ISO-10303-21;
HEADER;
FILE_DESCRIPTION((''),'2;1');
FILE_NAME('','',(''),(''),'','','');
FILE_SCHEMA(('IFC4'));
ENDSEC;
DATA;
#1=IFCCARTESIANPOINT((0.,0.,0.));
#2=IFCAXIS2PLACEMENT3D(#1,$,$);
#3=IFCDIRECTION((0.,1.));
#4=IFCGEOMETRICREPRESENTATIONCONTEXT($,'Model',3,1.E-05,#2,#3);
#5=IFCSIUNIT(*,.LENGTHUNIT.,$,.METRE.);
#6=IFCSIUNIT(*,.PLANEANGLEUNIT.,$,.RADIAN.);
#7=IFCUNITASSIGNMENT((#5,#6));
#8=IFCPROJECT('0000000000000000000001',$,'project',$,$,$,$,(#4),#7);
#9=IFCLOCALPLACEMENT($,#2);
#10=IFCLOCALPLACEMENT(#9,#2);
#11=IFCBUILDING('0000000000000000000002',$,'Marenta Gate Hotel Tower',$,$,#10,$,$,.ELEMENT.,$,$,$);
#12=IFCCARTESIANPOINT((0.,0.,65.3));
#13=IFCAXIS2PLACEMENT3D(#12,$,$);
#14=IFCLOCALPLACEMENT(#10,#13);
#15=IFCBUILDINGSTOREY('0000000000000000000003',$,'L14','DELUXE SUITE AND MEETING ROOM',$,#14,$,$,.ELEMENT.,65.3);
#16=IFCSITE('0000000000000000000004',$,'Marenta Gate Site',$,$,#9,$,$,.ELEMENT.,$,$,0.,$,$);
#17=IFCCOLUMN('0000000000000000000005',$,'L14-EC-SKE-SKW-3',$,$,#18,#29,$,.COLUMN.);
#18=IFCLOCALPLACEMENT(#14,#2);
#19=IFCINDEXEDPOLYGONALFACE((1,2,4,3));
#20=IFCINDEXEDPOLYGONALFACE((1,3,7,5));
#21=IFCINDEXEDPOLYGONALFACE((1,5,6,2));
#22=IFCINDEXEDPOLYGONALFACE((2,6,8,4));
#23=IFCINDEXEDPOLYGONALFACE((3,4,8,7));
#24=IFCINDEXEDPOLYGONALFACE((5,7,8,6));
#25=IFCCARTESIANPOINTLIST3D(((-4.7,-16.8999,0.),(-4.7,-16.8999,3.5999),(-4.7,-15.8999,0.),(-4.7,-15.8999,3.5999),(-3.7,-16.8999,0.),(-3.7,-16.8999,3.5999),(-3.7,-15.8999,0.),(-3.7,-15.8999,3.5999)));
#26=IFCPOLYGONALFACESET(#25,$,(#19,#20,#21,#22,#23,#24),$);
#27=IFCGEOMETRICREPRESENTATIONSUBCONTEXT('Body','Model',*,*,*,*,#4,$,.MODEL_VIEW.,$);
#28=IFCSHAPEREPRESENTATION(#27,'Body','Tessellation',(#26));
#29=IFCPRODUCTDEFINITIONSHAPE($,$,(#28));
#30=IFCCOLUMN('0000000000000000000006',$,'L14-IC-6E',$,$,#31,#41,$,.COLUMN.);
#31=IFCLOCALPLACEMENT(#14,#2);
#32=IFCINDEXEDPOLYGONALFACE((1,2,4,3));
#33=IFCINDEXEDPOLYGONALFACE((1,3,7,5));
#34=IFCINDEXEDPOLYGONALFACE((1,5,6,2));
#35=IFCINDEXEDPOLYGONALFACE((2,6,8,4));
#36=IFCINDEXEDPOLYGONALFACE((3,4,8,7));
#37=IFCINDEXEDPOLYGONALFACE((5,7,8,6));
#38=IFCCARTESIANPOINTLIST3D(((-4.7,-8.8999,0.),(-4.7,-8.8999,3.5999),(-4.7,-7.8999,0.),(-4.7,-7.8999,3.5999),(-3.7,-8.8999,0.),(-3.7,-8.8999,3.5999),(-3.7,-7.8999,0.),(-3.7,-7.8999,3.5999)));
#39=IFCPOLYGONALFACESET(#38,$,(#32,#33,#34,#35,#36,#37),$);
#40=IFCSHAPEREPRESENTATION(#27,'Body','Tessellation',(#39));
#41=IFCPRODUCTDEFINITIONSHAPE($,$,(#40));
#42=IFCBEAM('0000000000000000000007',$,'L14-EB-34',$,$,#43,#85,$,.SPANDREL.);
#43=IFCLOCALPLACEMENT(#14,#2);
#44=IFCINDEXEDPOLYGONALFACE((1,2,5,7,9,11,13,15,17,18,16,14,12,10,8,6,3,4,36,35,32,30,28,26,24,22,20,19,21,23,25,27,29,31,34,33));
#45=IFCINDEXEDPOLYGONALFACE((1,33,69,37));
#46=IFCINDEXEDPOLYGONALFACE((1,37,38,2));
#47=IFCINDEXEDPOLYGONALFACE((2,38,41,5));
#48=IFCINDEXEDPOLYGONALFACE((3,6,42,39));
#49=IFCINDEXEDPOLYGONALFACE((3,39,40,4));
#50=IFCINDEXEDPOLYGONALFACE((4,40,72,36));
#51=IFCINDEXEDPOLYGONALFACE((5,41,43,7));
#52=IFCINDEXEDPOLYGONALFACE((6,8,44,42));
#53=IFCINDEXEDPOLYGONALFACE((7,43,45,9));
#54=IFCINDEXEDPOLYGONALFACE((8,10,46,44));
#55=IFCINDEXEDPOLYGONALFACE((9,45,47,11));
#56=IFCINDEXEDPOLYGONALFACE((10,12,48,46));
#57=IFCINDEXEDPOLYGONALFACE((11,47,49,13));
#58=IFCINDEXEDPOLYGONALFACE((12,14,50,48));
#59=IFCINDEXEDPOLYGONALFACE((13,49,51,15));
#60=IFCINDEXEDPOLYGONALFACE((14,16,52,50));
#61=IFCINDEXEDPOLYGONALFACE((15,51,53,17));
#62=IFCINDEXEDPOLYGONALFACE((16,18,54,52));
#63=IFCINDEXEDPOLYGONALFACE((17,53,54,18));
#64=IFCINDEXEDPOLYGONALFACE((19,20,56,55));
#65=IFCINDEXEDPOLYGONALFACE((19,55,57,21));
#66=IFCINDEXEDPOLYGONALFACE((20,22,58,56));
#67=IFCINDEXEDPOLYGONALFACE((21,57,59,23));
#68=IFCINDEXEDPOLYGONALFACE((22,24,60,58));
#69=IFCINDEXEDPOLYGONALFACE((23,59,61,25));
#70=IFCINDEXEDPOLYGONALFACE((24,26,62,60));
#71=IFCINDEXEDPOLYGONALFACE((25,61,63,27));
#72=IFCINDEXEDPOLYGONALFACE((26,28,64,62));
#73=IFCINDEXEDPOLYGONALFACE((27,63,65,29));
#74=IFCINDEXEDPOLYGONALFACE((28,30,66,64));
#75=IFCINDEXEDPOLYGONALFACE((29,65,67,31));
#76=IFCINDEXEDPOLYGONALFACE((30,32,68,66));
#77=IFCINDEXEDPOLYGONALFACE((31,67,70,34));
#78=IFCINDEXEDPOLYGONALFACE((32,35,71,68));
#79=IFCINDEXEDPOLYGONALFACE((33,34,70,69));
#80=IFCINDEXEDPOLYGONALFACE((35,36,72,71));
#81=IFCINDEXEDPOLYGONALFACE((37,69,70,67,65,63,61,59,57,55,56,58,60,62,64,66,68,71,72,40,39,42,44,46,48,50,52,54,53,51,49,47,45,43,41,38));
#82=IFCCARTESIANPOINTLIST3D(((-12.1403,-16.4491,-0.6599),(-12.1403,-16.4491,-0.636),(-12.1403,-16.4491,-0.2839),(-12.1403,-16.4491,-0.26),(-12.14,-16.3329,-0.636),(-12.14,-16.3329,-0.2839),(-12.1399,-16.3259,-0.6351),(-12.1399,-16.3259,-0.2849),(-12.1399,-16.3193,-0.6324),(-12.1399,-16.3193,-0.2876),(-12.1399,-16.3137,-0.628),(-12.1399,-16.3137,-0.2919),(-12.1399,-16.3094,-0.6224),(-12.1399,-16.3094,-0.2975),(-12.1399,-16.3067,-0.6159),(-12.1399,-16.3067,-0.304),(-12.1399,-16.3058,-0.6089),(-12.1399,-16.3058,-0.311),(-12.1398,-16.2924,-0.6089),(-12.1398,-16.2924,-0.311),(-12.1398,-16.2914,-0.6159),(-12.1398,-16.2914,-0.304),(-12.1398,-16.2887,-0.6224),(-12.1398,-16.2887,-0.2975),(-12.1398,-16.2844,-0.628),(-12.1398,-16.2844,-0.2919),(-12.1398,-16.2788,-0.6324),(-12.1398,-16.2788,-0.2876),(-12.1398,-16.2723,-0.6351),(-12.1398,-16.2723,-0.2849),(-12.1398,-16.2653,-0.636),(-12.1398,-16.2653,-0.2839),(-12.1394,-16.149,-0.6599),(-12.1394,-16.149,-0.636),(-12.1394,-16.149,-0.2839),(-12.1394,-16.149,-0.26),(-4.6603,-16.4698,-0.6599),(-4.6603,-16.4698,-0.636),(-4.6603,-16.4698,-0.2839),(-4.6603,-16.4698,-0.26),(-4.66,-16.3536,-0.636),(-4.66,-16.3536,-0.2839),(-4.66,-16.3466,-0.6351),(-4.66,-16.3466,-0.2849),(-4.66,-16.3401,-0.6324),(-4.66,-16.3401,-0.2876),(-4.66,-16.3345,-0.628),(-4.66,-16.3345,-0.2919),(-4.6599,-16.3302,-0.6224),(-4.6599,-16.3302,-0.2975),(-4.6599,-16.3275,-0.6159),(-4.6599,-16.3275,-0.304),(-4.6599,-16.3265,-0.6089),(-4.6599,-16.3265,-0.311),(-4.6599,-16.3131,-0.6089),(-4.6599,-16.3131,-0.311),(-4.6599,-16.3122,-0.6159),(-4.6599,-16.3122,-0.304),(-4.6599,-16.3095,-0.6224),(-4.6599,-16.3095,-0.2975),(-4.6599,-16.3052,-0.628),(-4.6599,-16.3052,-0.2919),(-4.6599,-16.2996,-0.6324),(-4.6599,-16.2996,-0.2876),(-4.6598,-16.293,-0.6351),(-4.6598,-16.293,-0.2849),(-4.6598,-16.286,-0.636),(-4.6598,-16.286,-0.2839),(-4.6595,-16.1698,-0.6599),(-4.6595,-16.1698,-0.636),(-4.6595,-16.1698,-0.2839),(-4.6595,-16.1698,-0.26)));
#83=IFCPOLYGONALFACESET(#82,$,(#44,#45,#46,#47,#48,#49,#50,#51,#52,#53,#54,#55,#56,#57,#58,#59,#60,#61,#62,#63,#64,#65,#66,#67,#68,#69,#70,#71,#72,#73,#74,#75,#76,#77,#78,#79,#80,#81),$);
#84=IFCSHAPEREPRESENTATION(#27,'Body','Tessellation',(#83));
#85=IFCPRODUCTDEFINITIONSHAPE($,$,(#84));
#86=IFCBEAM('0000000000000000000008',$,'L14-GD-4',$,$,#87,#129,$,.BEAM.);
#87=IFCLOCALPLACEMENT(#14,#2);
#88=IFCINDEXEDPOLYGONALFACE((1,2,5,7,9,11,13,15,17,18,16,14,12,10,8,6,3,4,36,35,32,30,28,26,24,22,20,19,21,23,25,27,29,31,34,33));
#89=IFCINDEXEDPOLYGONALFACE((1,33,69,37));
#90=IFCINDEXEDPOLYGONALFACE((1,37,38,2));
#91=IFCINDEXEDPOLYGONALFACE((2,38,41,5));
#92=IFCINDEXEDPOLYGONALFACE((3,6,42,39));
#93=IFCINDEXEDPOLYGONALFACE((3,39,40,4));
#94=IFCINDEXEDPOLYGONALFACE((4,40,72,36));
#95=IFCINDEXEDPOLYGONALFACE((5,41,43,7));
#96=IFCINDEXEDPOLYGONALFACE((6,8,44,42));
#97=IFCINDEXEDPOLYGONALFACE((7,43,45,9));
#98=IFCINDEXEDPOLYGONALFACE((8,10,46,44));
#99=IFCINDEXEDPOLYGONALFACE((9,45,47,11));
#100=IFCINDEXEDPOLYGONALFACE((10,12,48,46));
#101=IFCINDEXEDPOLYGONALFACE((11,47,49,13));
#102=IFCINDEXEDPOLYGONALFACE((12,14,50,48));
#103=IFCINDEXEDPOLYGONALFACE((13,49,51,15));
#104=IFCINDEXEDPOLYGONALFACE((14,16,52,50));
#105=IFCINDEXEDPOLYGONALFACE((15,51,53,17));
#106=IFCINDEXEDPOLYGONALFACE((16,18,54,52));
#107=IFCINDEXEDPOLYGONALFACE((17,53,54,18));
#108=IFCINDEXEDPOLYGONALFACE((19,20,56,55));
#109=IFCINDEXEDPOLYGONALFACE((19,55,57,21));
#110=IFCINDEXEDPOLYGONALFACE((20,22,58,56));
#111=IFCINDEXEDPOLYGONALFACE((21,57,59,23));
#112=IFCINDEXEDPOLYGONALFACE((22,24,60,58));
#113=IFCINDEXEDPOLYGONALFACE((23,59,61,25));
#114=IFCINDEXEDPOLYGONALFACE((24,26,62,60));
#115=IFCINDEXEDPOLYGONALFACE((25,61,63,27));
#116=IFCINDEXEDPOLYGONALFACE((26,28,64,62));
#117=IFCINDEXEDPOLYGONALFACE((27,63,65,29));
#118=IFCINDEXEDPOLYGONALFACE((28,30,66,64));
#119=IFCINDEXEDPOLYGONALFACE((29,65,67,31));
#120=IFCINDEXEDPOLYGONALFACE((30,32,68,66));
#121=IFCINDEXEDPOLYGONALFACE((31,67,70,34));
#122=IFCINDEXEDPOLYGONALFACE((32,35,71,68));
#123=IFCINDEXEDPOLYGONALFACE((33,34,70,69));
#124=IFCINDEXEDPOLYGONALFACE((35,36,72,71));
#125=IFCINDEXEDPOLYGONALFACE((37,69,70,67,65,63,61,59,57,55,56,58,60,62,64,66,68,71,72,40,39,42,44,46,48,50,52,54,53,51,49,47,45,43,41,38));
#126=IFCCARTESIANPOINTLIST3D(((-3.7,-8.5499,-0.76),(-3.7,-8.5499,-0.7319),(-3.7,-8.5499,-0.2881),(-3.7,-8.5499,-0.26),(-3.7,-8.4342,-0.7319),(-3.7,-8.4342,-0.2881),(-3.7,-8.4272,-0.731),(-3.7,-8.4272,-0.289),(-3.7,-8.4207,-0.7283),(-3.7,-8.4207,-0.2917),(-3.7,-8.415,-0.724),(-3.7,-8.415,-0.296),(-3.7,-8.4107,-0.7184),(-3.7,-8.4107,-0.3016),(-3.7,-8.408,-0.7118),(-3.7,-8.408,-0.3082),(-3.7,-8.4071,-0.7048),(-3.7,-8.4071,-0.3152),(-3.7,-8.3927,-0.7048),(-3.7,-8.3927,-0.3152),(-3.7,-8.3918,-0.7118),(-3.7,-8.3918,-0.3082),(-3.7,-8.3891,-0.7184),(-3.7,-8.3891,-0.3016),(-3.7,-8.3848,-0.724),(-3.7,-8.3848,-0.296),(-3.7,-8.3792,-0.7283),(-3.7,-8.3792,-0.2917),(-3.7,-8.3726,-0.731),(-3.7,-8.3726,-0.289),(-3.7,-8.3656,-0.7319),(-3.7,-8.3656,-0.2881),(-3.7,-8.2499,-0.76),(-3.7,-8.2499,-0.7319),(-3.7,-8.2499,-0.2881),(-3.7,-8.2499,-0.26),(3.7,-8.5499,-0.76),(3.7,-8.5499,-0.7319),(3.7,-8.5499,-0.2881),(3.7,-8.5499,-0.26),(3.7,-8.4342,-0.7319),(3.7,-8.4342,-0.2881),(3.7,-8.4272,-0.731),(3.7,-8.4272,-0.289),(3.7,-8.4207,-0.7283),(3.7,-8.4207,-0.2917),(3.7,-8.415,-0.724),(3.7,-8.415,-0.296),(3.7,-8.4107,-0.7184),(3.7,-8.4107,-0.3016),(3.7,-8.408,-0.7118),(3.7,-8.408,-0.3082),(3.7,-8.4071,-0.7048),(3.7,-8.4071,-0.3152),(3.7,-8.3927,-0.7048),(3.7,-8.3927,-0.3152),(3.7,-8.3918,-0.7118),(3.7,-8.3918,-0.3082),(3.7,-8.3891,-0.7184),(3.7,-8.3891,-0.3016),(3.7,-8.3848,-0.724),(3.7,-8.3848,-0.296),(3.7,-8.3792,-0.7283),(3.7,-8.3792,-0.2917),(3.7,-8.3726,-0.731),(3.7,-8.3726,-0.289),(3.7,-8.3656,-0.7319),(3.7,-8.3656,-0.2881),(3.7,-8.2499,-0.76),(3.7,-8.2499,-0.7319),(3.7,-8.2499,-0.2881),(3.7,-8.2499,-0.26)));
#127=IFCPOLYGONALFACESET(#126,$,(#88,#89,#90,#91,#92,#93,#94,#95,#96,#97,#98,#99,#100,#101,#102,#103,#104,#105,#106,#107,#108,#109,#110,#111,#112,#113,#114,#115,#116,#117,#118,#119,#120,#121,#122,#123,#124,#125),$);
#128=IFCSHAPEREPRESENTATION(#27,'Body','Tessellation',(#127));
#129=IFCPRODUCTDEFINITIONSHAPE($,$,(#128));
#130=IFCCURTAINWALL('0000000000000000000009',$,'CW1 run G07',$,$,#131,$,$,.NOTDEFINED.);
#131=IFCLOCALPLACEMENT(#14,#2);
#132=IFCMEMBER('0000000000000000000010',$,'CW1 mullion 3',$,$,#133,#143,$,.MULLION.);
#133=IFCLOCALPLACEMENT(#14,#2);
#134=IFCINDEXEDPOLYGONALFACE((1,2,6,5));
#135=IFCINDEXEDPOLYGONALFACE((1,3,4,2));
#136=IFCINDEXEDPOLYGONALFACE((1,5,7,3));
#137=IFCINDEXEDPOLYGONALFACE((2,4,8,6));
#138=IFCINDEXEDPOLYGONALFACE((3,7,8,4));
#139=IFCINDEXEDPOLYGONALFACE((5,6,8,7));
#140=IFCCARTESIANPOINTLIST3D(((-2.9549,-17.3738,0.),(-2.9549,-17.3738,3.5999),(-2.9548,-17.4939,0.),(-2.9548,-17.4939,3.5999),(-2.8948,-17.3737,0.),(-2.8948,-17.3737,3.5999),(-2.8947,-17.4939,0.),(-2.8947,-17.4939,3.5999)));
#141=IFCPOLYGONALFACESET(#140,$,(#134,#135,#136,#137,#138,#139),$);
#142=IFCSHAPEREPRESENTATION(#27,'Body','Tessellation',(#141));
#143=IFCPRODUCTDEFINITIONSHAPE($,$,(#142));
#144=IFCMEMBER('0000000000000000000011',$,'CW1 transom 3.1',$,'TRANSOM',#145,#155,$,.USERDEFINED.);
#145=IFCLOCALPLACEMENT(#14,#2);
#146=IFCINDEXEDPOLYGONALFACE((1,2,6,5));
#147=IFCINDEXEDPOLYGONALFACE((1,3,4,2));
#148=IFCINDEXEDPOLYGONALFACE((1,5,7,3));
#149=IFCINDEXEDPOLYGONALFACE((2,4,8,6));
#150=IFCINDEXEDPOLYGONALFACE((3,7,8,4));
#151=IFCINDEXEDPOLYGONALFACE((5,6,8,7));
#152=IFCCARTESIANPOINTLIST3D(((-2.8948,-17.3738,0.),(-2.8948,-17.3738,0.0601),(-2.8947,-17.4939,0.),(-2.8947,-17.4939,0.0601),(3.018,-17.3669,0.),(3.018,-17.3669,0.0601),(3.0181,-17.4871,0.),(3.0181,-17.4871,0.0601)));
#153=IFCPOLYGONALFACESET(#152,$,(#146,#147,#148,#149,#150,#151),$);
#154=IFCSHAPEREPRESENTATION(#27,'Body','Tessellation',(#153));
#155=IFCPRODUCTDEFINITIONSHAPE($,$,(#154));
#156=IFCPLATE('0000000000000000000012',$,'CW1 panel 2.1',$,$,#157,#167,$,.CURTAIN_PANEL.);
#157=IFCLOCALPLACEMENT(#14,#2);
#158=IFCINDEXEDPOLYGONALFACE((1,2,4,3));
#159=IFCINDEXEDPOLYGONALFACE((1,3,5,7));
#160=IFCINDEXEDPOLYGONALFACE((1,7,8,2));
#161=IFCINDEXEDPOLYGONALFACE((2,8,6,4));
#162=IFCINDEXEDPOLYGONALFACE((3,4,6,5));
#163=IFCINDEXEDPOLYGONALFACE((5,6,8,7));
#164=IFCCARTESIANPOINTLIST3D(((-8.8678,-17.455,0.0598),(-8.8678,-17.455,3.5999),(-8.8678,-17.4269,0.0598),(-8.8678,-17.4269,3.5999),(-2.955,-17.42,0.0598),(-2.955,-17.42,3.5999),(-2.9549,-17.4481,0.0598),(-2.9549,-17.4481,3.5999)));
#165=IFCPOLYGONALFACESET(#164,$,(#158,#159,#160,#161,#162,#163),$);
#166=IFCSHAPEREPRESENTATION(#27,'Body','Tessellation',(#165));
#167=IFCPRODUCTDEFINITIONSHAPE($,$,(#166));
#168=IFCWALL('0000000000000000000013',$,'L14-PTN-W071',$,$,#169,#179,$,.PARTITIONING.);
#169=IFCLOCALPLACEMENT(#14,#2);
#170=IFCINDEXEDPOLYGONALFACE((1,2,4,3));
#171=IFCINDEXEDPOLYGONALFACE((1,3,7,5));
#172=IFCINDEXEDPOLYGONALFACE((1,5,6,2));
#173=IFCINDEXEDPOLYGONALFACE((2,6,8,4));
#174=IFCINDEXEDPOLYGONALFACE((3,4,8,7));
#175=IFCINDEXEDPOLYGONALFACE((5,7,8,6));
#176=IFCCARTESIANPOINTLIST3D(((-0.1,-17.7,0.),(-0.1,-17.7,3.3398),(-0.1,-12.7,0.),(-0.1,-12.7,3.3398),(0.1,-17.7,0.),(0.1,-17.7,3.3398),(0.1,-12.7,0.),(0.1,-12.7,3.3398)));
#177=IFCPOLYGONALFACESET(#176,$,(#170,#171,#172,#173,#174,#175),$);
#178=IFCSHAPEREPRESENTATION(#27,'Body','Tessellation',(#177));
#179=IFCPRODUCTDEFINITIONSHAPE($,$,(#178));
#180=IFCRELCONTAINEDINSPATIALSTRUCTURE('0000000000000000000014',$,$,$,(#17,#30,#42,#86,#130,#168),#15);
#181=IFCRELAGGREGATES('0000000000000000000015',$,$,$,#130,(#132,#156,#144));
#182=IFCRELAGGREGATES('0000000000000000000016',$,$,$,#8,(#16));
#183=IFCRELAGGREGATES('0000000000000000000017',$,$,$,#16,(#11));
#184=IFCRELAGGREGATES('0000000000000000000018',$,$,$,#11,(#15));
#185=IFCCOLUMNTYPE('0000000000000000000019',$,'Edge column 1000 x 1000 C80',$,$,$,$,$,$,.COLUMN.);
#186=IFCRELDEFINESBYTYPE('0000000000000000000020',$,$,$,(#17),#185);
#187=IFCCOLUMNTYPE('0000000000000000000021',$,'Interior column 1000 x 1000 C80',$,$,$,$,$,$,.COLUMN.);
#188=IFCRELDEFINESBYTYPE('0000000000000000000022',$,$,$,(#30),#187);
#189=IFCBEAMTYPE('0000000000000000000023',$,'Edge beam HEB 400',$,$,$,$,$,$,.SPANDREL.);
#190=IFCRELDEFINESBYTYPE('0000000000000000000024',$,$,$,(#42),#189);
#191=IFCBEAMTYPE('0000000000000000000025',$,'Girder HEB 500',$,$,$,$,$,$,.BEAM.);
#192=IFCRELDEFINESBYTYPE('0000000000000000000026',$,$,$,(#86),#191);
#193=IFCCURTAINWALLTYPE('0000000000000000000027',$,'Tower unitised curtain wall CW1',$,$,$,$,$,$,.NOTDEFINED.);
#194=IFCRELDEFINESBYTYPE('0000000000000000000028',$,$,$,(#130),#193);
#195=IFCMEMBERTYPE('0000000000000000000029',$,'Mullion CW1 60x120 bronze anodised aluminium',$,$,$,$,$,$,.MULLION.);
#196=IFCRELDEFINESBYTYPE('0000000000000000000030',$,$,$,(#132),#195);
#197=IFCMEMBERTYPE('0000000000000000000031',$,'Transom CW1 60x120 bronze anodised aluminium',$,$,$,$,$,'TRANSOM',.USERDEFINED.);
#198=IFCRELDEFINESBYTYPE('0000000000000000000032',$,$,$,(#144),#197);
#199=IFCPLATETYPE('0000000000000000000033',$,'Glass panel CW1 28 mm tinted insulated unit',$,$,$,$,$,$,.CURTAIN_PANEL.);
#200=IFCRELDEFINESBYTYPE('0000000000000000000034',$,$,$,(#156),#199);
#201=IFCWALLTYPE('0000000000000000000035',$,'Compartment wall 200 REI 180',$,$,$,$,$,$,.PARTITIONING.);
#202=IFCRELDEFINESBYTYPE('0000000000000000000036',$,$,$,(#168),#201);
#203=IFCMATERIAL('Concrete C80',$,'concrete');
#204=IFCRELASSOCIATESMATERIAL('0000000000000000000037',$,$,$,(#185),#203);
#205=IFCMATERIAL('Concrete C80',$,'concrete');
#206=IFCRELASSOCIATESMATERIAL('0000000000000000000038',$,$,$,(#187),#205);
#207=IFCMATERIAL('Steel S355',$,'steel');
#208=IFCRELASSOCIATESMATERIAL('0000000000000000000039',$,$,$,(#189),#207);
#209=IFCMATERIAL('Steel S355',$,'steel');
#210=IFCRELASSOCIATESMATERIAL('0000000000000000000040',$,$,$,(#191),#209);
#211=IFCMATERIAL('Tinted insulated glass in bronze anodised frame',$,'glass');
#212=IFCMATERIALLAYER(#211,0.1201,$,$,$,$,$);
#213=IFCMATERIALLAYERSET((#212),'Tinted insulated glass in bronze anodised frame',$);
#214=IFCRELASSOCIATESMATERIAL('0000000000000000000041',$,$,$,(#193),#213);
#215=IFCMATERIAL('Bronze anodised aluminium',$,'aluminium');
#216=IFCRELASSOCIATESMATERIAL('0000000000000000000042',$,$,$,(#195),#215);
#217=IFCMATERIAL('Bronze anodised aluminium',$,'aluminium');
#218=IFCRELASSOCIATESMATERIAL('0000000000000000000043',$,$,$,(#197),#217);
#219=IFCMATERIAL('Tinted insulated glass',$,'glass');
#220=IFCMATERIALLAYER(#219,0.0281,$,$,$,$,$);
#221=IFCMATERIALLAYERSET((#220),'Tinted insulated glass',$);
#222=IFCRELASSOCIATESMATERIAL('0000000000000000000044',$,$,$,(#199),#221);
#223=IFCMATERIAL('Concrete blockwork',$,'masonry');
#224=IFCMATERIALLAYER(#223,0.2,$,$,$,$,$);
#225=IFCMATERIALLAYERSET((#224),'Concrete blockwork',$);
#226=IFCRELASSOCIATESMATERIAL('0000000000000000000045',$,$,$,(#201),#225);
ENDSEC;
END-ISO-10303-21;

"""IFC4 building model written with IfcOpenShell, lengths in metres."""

from ifc_helpers import new_model, si_unit, direction, frame, frame_2d, origin, origin_2d, place, context, subcontext, project, spatial, rectangle, i_section, extrude, material, layer, layer_set, material_profile, profile_set, type_object, element, aggregate, save


model = new_model("IFC4")

# Units and contexts
model_context = context("Model", 3, precision=1e-05, world=origin(), true_north=direction((0.0, 1.0)))
body_context = subcontext(model_context, "Body", "Model", "MODEL_VIEW")
ifc_project = project(units=[si_unit("LENGTHUNIT", "METRE"), si_unit("PLANEANGLEUNIT", "RADIAN")], contexts=[model_context])

# Site, building, storey
site_placement = place(None, origin())
site = spatial("IfcSite", under=ifc_project, at=site_placement, Name="Marenta Gate Site", CompositionType="ELEMENT", RefElevation=0.0)
building_placement = place(site_placement, origin())
building = spatial("IfcBuilding", under=site, at=building_placement, Name="Marenta Gate Hotel Tower", CompositionType="ELEMENT")
storey_placement = place(building_placement, frame((0.0, 0.0, 65.3)))
storey = spatial("IfcBuildingStorey", under=building, at=storey_placement, Name="L14", Description="DELUXE SUITE AND MEETING ROOM", CompositionType="ELEMENT", Elevation=65.3)

# Columns
ifc_material_1 = material(Name="Concrete C80", Category="concrete")
ifc_material_profile_1 = material_profile(ifc_material_1, rectangle(XDim=1.0, YDim=1.0, at=origin_2d()), Name="1000 x 1000")
ifc_profile_set_1 = profile_set([ifc_material_profile_1], Name="Concrete C80")
column_type_1 = type_object("IfcColumnType", Name="Edge column 1000 x 1000 C80", PredefinedType="COLUMN", material=ifc_profile_set_1)
column_1_placement = place(storey_placement, frame((-4.2, -16.3999, 0.0), z_axis=(0.0, 0.0, 1.0), x_axis=(1.0, 0.0, 0.0)))
element("IfcColumn", 1, at=column_1_placement, inside=storey, type_object=column_type_1, Name="L14-EC-SKE-SKW-3", PredefinedType="COLUMN", context=body_context, shape_type="SweptSolid", body=[
    extrude(rectangle(XDim=1.0, YDim=1.0, at=origin_2d()), origin(), (0.0, 0.0, 1.0), 3.5999),
])
ifc_material_2 = material(Name="Concrete C80", Category="concrete")
ifc_material_profile_2 = material_profile(ifc_material_2, rectangle(XDim=1.0, YDim=1.0, at=origin_2d()), Name="1000 x 1000")
ifc_profile_set_2 = profile_set([ifc_material_profile_2], Name="Concrete C80")
column_type_2 = type_object("IfcColumnType", Name="Interior column 1000 x 1000 C80", PredefinedType="COLUMN", material=ifc_profile_set_2)
column_2_placement = place(storey_placement, frame((-4.2, -8.3999, 0.0), z_axis=(0.0, 0.0, 1.0), x_axis=(1.0, 0.0, 0.0)))
element("IfcColumn", 2, at=column_2_placement, inside=storey, type_object=column_type_2, Name="L14-IC-6E", PredefinedType="COLUMN", context=body_context, shape_type="SweptSolid", body=[
    extrude(rectangle(XDim=1.0, YDim=1.0, at=origin_2d()), origin(), (0.0, 0.0, 1.0), 3.5999),
])

# Beams
ifc_material_3 = material(Name="Steel S355", Category="steel")
ifc_material_profile_3 = material_profile(ifc_material_3, i_section(OverallWidth=0.3, OverallDepth=0.3999, WebThickness=0.0134, FlangeThickness=0.0239, FilletRadius=0.0271, at=origin_2d()), Name="HEB 400")
ifc_profile_set_3 = profile_set([ifc_material_profile_3], Name="Steel S355")
beam_type_1 = type_object("IfcBeamType", Name="Edge beam HEB 400", PredefinedType="SPANDREL", material=ifc_profile_set_3)
beam_1_placement = place(storey_placement, frame((-4.6599, -16.3198, -0.46), z_axis=(-0.999996, 0.002774, 0.0), x_axis=(-0.002774, -0.999996, 0.0)))
element("IfcBeam", 3, at=beam_1_placement, inside=storey, type_object=beam_type_1, Name="L14-EB-34", PredefinedType="SPANDREL", context=body_context, shape_type="SweptSolid", body=[
    extrude(i_section(OverallWidth=0.3, OverallDepth=0.3999, WebThickness=0.0134, FlangeThickness=0.0239, FilletRadius=0.0271, at=origin_2d()), origin(), (0.0, 0.0, 1.0), 7.48),
])
ifc_material_4 = material(Name="Steel S355", Category="steel")
ifc_material_profile_4 = material_profile(ifc_material_4, i_section(OverallWidth=0.3, OverallDepth=0.5, WebThickness=0.0144, FlangeThickness=0.0281, FilletRadius=0.0271, at=origin_2d()), Name="HEB 500")
ifc_profile_set_4 = profile_set([ifc_material_profile_4], Name="Steel S355")
beam_type_2 = type_object("IfcBeamType", Name="Girder HEB 500", PredefinedType="BEAM", material=ifc_profile_set_4)
beam_2_placement = place(storey_placement, frame((-3.7, -8.3999, -0.51), z_axis=(1.0, 0.0, 0.0), x_axis=(0.0, 1.0, 0.0)))
element("IfcBeam", 4, at=beam_2_placement, inside=storey, type_object=beam_type_2, Name="L14-GD-4", PredefinedType="BEAM", context=body_context, shape_type="SweptSolid", body=[
    extrude(i_section(OverallWidth=0.3, OverallDepth=0.5, WebThickness=0.0144, FlangeThickness=0.0281, FilletRadius=0.0271, at=origin_2d()), origin(), (0.0, 0.0, 1.0), 7.3999),
])

# Curtain wall, members, plate
ifc_material_5 = material(Name="Tinted insulated glass in bronze anodised frame", Category="glass")
ifc_layer_1 = layer(ifc_material_5, 0.1201)
ifc_layer_set_1 = layer_set([ifc_layer_1], Name="Tinted insulated glass in bronze anodised frame")
curtain_wall_type = type_object("IfcCurtainWallType", Name="Tower unitised curtain wall CW1", PredefinedType="NOTDEFINED", material=ifc_layer_set_1)
curtain_wall_placement = place(storey_placement, origin())
curtain_wall = element("IfcCurtainWall", 5, at=curtain_wall_placement, inside=storey, type_object=curtain_wall_type, Name="CW1 run G07", PredefinedType="NOTDEFINED")
ifc_material_6 = material(Name="Bronze anodised aluminium", Category="aluminium")
ifc_material_profile_5 = material_profile(ifc_material_6, rectangle(XDim=0.1201, YDim=0.0601, at=origin_2d()), Name="Mullion CW1 60x120 bronze anodised aluminium")
ifc_profile_set_5 = profile_set([ifc_material_profile_5], Name="Bronze anodised aluminium")
member_type_1 = type_object("IfcMemberType", Name="Mullion CW1 60x120 bronze anodised aluminium", PredefinedType="MULLION", material=ifc_profile_set_5)
member_1_placement = place(storey_placement, frame((-2.9248, -17.4338, 0.0), z_axis=(0.0, 0.0, 1.0), x_axis=(-0.001162, 0.999999, 0.0)))
member_1 = element("IfcMember", 6, at=member_1_placement, type_object=member_type_1, Name="CW1 mullion 3", PredefinedType="MULLION", context=body_context, shape_type="SweptSolid", body=[
    extrude(rectangle(XDim=0.1201, YDim=0.0601, at=origin_2d()), origin(), (0.0, 0.0, 1.0), 3.5999),
])
ifc_material_7 = material(Name="Bronze anodised aluminium", Category="aluminium")
ifc_material_profile_6 = material_profile(ifc_material_7, rectangle(XDim=0.1201, YDim=0.0601, at=origin_2d()), Name="Transom CW1 60x120 bronze anodised aluminium")
ifc_profile_set_6 = profile_set([ifc_material_profile_6], Name="Bronze anodised aluminium")
member_type_2 = type_object("IfcMemberType", Name="Transom CW1 60x120 bronze anodised aluminium", ElementType="TRANSOM", PredefinedType="USERDEFINED", material=ifc_profile_set_6)
member_2_placement = place(storey_placement, frame((-2.8948, -17.4338, 0.03), z_axis=(0.999999, 0.001156, 0.0), x_axis=(-0.001156, 0.999999, 0.0)))
member_2 = element("IfcMember", 7, at=member_2_placement, type_object=member_type_2, Name="CW1 transom 3.1", ObjectType="TRANSOM", PredefinedType="USERDEFINED", context=body_context, shape_type="SweptSolid", body=[
    extrude(rectangle(XDim=0.1201, YDim=0.0601, at=origin_2d()), origin(), (0.0, 0.0, 1.0), 5.9128),
])
ifc_material_8 = material(Name="Tinted insulated glass", Category="glass")
ifc_layer_2 = layer(ifc_material_8, 0.0281)
ifc_layer_set_2 = layer_set([ifc_layer_2], Name="Tinted insulated glass")
plate_type = type_object("IfcPlateType", Name="Glass panel CW1 28 mm tinted insulated unit", PredefinedType="CURTAIN_PANEL", material=ifc_layer_set_2)
plate_placement = place(storey_placement, frame((-5.9114, -17.4375, 0.0598), z_axis=(0.0, 0.0, 1.0), x_axis=(0.999999, 0.001162, 0.0)))
plate = element("IfcPlate", 8, at=plate_placement, type_object=plate_type, Name="CW1 panel 2.1", PredefinedType="CURTAIN_PANEL", context=body_context, shape_type="SweptSolid", body=[
    extrude(rectangle(XDim=5.9128, YDim=0.0281, at=origin_2d()), origin(), (0.0, 0.0, 1.0), 3.54),
])
aggregate(curtain_wall, [member_1, plate, member_2])

# Wall
ifc_material_9 = material(Name="Concrete blockwork", Category="masonry")
ifc_layer_3 = layer(ifc_material_9, 0.2)
ifc_layer_set_3 = layer_set([ifc_layer_3], Name="Concrete blockwork")
wall_type_1 = type_object("IfcWallType", Name="Compartment wall 200 REI 180", PredefinedType="PARTITIONING", material=ifc_layer_set_3)
wall_1_placement = place(storey_placement, frame((0.0, -17.7, 0.0), z_axis=(0.0, 0.0, 1.0), x_axis=(0.0, 1.0, 0.0)))
element("IfcWall", 9, at=wall_1_placement, inside=storey, type_object=wall_type_1, Name="L14-PTN-W071", PredefinedType="PARTITIONING", context=body_context, shape_type="SweptSolid", body=[
    extrude(rectangle(XDim=5.0, YDim=0.2, at=frame_2d((2.5, 0.0))), origin(), (0.0, 0.0, 1.0), 3.3398),
])

save(model, "model.ifc")
